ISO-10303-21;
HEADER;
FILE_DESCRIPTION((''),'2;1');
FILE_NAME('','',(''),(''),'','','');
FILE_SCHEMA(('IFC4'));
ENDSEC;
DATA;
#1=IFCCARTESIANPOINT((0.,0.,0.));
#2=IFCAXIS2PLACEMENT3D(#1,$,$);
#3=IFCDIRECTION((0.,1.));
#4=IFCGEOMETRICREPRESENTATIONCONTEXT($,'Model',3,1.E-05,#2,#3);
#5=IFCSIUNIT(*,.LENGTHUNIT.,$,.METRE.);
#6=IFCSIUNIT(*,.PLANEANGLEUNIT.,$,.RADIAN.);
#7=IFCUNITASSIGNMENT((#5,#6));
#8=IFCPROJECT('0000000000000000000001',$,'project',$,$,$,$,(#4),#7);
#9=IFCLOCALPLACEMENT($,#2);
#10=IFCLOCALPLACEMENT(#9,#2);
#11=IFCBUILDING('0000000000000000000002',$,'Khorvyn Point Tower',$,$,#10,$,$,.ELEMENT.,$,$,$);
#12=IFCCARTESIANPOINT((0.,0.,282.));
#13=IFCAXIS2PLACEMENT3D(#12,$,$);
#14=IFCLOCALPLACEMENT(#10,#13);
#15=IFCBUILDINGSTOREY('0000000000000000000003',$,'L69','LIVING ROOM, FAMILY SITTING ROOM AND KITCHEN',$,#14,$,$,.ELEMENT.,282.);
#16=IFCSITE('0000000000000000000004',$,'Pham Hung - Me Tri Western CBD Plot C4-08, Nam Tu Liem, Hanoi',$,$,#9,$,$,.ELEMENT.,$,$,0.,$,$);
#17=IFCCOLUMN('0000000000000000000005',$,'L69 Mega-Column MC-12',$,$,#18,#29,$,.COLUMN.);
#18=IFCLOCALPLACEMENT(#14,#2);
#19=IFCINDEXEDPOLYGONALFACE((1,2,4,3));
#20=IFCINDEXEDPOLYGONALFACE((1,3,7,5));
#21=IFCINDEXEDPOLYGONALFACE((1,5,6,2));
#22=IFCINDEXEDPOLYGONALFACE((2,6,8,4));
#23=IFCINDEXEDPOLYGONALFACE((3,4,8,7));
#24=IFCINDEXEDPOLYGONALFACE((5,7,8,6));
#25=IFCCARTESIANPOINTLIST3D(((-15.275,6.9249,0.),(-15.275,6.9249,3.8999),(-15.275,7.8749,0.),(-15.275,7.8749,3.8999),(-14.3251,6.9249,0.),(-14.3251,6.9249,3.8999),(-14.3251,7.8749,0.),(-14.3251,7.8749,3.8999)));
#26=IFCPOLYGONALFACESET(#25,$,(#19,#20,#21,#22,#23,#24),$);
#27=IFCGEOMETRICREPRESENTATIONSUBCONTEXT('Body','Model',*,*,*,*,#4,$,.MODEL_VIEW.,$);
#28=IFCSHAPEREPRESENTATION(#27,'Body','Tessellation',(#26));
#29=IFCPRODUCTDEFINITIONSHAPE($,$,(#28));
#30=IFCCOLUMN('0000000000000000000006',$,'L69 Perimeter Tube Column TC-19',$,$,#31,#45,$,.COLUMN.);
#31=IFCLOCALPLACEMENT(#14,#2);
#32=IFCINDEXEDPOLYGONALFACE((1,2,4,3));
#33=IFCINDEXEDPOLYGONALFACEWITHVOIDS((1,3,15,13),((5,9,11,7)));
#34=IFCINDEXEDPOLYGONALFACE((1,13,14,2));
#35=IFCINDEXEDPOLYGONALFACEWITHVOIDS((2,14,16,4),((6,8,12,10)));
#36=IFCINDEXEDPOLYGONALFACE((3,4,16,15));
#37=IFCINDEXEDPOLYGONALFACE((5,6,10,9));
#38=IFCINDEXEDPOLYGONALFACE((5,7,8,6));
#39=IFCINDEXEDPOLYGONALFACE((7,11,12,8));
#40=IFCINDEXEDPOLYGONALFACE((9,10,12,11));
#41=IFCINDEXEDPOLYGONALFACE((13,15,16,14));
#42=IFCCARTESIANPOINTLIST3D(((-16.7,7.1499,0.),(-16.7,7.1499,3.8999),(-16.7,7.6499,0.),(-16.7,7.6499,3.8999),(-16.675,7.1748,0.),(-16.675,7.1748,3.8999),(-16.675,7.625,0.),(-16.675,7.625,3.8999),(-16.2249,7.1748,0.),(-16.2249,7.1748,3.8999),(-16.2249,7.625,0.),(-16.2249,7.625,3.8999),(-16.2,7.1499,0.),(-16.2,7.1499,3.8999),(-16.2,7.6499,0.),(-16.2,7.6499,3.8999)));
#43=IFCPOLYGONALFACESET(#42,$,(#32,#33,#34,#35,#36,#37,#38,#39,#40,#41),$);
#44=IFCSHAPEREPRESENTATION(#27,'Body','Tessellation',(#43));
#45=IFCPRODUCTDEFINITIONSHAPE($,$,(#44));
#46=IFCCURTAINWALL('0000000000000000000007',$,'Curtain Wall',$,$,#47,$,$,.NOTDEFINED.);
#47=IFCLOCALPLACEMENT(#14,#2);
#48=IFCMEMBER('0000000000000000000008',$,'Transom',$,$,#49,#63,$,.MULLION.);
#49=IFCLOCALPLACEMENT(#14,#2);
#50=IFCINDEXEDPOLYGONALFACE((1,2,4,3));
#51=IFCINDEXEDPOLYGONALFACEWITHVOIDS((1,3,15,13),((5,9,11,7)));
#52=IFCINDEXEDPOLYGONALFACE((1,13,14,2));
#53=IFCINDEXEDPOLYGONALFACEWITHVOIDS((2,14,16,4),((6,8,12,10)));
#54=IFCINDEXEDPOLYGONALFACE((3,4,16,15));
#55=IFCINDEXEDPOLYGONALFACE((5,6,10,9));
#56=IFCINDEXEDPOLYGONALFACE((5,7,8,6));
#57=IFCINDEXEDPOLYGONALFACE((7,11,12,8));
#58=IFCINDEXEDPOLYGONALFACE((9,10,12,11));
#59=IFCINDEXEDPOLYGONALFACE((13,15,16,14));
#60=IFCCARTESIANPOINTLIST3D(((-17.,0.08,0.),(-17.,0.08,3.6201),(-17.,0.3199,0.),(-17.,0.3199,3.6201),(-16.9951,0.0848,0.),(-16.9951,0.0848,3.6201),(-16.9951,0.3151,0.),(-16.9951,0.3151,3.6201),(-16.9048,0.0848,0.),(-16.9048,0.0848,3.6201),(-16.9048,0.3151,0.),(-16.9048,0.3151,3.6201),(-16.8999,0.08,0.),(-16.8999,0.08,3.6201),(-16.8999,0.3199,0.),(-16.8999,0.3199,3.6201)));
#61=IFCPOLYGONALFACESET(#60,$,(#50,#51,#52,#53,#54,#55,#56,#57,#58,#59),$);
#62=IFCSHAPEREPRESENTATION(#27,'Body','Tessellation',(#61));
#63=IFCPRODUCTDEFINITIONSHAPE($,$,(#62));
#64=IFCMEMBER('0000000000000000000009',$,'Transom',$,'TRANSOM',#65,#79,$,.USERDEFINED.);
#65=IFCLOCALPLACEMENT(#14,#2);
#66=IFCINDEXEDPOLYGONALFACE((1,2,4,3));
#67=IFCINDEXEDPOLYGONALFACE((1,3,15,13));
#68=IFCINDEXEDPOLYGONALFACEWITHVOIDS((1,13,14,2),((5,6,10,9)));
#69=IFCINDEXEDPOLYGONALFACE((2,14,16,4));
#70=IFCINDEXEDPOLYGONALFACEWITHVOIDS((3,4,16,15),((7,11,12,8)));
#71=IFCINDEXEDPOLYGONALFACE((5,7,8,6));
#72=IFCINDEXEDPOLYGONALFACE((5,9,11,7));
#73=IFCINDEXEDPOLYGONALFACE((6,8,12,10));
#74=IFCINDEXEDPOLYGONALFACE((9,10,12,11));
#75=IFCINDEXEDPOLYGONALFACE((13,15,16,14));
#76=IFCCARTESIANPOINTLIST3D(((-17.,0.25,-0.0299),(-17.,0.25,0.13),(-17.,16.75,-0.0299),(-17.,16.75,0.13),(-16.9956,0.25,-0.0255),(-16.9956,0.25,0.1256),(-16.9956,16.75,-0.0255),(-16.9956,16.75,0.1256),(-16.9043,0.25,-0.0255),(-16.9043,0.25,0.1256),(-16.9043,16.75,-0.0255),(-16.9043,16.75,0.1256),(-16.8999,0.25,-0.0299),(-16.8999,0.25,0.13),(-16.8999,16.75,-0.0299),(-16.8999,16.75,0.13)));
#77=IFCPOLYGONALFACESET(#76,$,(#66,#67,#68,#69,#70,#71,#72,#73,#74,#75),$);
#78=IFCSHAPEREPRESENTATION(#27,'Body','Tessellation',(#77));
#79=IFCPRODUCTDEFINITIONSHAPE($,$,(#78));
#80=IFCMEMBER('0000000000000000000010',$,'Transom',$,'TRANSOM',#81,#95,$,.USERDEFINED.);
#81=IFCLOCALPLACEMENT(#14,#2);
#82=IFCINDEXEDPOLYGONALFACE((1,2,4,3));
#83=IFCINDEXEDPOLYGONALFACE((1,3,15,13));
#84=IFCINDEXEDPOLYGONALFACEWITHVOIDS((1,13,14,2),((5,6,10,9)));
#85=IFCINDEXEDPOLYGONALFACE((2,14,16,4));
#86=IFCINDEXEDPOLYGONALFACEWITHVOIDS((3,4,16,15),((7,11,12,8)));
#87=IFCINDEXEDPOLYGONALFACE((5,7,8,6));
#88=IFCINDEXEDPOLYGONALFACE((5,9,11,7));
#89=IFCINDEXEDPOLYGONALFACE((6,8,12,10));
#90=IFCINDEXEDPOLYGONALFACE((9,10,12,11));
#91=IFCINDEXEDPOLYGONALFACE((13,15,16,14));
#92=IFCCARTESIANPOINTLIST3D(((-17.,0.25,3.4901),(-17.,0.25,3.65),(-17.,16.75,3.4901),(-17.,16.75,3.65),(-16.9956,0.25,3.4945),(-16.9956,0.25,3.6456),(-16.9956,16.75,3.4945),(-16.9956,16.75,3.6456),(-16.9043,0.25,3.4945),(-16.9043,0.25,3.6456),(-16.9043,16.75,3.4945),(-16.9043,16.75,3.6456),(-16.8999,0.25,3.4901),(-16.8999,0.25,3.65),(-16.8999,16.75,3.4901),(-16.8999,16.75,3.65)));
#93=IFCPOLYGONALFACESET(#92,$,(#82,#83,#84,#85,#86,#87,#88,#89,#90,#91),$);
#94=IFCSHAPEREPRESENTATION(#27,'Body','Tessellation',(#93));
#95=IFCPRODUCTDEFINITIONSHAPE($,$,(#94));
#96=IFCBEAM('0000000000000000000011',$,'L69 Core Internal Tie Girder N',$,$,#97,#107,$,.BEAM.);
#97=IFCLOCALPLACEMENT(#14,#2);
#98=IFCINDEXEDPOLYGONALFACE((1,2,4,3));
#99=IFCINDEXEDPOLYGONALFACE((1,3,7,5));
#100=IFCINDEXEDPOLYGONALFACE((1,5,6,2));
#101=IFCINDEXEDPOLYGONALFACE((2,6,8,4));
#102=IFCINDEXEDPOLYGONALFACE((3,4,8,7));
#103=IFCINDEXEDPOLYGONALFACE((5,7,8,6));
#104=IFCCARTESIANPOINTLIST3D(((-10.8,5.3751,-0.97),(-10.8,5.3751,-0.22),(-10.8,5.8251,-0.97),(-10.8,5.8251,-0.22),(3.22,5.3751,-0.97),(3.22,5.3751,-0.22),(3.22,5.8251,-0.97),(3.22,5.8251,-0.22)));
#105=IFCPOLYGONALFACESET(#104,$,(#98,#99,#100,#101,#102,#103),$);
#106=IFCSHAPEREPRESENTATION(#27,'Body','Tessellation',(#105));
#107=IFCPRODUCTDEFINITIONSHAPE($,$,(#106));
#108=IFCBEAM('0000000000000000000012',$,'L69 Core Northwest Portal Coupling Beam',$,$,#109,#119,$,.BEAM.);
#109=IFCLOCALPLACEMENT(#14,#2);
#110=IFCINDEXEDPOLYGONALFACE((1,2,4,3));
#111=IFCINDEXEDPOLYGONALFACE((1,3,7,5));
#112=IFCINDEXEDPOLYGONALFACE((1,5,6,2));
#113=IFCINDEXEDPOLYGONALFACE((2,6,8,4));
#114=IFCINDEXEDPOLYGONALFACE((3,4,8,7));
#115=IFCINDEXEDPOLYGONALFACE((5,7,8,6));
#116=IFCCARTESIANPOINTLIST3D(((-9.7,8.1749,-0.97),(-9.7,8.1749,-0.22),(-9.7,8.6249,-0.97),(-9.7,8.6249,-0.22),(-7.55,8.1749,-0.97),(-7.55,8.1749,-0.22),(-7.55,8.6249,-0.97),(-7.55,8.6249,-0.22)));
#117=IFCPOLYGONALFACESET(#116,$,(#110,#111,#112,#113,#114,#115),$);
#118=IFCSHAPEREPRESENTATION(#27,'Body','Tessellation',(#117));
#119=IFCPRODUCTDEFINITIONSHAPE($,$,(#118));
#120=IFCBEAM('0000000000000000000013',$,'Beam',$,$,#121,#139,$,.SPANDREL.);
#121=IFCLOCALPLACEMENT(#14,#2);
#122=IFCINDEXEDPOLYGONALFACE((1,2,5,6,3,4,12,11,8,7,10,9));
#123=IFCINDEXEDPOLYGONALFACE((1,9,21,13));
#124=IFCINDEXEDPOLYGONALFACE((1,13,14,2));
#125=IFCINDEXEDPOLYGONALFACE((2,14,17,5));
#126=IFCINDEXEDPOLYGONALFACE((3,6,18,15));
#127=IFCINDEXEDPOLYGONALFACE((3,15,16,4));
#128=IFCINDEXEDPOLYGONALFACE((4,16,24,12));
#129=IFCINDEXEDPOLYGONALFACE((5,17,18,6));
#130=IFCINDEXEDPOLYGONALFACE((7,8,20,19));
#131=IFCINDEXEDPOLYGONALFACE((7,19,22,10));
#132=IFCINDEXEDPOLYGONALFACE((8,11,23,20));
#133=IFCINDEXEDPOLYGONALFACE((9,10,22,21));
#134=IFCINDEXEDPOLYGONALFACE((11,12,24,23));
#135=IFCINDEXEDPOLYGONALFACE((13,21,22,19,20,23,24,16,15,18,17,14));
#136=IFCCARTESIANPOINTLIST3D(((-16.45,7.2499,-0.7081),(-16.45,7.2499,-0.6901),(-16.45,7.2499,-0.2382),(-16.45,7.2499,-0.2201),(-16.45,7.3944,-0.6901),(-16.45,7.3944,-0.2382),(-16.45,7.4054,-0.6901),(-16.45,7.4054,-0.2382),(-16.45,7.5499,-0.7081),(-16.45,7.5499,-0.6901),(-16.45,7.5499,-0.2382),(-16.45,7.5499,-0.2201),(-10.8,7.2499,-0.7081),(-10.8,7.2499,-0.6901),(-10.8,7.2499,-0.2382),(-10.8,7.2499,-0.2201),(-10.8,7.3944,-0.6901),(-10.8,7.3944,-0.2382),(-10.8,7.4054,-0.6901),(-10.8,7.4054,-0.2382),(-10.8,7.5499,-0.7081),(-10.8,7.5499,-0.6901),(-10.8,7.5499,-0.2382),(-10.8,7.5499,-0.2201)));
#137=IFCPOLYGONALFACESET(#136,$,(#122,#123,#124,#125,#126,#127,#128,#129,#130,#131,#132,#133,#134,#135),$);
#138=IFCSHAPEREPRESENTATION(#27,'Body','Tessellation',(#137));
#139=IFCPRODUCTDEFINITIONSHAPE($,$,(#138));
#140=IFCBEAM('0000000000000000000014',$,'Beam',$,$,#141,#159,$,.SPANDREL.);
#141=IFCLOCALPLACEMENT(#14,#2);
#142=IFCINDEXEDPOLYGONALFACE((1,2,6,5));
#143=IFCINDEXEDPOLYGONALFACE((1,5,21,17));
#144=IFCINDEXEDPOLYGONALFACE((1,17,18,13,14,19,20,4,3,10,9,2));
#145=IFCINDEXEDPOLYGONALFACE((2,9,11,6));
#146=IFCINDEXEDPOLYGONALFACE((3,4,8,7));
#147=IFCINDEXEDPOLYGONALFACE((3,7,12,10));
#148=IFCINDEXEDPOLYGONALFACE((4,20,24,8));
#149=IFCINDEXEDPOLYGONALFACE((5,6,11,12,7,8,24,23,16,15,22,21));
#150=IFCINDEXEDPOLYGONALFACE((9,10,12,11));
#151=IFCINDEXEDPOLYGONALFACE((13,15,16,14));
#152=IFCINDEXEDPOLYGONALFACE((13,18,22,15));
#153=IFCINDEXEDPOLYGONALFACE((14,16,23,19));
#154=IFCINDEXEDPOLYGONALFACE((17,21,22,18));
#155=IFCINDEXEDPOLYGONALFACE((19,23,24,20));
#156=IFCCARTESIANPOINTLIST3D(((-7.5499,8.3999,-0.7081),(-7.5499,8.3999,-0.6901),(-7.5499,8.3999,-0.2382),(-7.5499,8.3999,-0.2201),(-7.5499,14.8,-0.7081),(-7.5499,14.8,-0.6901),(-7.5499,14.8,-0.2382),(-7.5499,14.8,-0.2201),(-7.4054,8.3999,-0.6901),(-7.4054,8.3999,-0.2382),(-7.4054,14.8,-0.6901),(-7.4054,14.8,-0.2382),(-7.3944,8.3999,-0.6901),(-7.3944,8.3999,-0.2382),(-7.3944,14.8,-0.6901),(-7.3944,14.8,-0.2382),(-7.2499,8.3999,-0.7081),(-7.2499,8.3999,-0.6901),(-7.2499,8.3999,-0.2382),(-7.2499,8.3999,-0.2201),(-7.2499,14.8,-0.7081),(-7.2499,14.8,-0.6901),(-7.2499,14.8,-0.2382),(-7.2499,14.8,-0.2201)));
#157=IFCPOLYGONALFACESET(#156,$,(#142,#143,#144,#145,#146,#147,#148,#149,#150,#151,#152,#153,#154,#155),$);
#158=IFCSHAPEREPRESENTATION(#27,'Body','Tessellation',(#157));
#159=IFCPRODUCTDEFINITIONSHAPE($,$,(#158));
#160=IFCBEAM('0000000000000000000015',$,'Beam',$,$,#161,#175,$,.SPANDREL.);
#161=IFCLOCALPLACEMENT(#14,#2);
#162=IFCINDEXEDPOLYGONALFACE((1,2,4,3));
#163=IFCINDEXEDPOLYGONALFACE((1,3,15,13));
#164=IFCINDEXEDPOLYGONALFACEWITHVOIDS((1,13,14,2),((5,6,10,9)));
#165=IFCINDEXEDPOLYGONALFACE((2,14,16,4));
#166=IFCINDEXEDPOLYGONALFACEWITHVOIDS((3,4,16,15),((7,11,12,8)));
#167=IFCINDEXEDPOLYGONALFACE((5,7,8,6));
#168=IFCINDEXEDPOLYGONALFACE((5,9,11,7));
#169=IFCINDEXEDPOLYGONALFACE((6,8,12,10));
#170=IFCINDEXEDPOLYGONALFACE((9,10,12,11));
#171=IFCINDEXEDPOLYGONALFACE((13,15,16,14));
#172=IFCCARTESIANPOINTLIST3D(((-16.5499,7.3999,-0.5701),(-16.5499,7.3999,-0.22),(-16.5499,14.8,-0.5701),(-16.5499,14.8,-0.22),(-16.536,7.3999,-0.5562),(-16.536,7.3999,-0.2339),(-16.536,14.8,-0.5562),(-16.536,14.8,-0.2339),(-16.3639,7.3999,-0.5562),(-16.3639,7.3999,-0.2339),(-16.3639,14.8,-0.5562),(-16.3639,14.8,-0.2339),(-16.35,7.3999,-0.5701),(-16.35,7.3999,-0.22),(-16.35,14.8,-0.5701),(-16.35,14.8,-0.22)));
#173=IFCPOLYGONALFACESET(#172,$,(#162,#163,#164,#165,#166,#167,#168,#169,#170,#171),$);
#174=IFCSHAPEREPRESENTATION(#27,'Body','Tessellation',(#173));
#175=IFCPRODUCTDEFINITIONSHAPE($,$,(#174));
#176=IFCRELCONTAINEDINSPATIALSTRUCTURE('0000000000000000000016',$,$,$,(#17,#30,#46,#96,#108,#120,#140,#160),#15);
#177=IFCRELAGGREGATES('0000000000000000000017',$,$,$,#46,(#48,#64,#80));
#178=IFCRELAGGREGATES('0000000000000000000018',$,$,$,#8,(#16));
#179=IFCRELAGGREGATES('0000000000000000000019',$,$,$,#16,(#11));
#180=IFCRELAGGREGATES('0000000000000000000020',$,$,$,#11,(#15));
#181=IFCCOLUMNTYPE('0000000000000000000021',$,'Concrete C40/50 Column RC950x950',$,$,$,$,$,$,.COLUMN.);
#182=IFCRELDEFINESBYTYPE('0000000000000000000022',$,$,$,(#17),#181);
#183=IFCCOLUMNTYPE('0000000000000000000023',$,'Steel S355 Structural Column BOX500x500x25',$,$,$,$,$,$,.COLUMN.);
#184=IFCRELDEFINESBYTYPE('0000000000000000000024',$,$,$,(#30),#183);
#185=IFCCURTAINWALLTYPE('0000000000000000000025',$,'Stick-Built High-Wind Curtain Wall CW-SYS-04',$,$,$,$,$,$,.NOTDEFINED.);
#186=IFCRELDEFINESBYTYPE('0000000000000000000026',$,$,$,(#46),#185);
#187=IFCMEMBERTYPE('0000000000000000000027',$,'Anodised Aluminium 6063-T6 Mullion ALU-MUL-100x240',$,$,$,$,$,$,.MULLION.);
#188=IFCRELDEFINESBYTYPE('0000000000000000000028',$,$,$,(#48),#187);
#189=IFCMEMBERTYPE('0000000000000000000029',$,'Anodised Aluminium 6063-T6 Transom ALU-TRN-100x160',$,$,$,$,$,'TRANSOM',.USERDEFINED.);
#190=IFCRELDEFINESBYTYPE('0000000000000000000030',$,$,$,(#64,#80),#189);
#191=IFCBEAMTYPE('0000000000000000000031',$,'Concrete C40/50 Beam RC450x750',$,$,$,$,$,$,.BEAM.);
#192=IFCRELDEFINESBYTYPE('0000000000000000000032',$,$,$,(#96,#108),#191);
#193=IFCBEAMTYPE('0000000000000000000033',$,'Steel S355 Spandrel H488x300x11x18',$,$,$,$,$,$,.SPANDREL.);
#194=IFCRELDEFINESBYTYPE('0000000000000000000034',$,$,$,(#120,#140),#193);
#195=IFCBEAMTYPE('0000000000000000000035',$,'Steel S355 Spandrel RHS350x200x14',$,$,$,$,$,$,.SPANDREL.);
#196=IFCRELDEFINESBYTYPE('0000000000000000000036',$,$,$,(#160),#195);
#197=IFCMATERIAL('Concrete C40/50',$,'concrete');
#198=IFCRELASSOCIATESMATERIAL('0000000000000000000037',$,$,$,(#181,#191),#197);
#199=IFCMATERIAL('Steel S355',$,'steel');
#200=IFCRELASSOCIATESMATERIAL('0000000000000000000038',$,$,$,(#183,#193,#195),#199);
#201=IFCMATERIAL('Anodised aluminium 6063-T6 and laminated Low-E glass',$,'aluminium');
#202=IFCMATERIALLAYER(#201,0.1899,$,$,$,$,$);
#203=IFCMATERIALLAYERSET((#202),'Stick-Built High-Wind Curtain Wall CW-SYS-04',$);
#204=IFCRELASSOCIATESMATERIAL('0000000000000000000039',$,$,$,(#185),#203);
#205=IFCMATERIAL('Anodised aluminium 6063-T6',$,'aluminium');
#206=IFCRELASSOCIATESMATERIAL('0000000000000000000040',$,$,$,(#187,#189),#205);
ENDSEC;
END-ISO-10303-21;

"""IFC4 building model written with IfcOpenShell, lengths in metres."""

from ifc_helpers import new_model, si_unit, direction, frame, origin, origin_2d, place, context, subcontext, project, spatial, rectangle, hollow_rectangle, i_section, extrude, material, layer, layer_set, material_profile, profile_set, type_object, element, aggregate, save


model = new_model("IFC4")

# Units and contexts
model_context = context("Model", 3, precision=1e-05, world=origin(), true_north=direction((0.0, 1.0)))
body_context = subcontext(model_context, "Body", "Model", "MODEL_VIEW")
ifc_project = project(units=[si_unit("LENGTHUNIT", "METRE"), si_unit("PLANEANGLEUNIT", "RADIAN")], contexts=[model_context])

# Site, building, storey
site_placement = place(None, origin())
site = spatial("IfcSite", under=ifc_project, at=site_placement, Name="Pham Hung - Me Tri Western CBD Plot C4-08, Nam Tu Liem, Hanoi", CompositionType="ELEMENT", RefElevation=0.0)
building_placement = place(site_placement, origin())
building = spatial("IfcBuilding", under=site, at=building_placement, Name="Khorvyn Point Tower", CompositionType="ELEMENT")
storey_placement = place(building_placement, frame((0.0, 0.0, 282.0)))
storey = spatial("IfcBuildingStorey", under=building, at=storey_placement, Name="L69", Description="LIVING ROOM, FAMILY SITTING ROOM AND KITCHEN", CompositionType="ELEMENT", Elevation=282.0)

# Columns
ifc_material_1 = material(Name="Concrete C40/50", Category="concrete")
ifc_material_profile_1 = material_profile(ifc_material_1, rectangle(XDim=0.95, YDim=0.95, at=origin_2d()))
ifc_profile_set_1 = profile_set([ifc_material_profile_1], Name="Concrete C40/50 RC950x950")
column_type_1 = type_object("IfcColumnType", Name="Concrete C40/50 Column RC950x950", PredefinedType="COLUMN", material=ifc_profile_set_1)
column_1_placement = place(storey_placement, frame((-14.8, 7.3999, 0.0), z_axis=(0.0, 0.0, 1.0), x_axis=(1.0, 0.0, 0.0)))
element("IfcColumn", 1, at=column_1_placement, inside=storey, type_object=column_type_1, Name="L69 Mega-Column MC-12", PredefinedType="COLUMN", context=body_context, shape_type="SweptSolid", body=[
    extrude(rectangle(XDim=0.95, YDim=0.95, at=origin_2d()), origin(), (0.0, 0.0, 1.0), 3.8999),
])
ifc_material_2 = material(Name="Steel S355", Category="steel")
ifc_material_profile_2 = material_profile(ifc_material_2, hollow_rectangle(XDim=0.5, YDim=0.5, WallThickness=0.0249, at=origin_2d()))
ifc_profile_set_2 = profile_set([ifc_material_profile_2], Name="Steel S355 BOX500x500x25")
column_type_2 = type_object("IfcColumnType", Name="Steel S355 Structural Column BOX500x500x25", PredefinedType="COLUMN", material=ifc_profile_set_2)
column_2_placement = place(storey_placement, frame((-16.45, 7.3999, 0.0), z_axis=(0.0, 0.0, 1.0), x_axis=(1.0, 0.0, 0.0)))
element("IfcColumn", 2, at=column_2_placement, inside=storey, type_object=column_type_2, Name="L69 Perimeter Tube Column TC-19", PredefinedType="COLUMN", context=body_context, shape_type="SweptSolid", body=[
    extrude(hollow_rectangle(XDim=0.5, YDim=0.5, WallThickness=0.0249, at=origin_2d()), origin(), (0.0, 0.0, 1.0), 3.8999),
])

# Curtain wall, members
ifc_material_3 = material(Name="Anodised aluminium 6063-T6 and laminated Low-E glass", Category="aluminium")
ifc_layer_1 = layer(ifc_material_3, 0.1899)
ifc_layer_set_1 = layer_set([ifc_layer_1], Name="Stick-Built High-Wind Curtain Wall CW-SYS-04")
curtain_wall_type = type_object("IfcCurtainWallType", Name="Stick-Built High-Wind Curtain Wall CW-SYS-04", PredefinedType="NOTDEFINED", material=ifc_layer_set_1)
curtain_wall_placement = place(storey_placement, origin())
curtain_wall = element("IfcCurtainWall", 3, at=curtain_wall_placement, inside=storey, type_object=curtain_wall_type, Name="Curtain Wall", PredefinedType="NOTDEFINED")
ifc_material_4 = material(Name="Anodised aluminium 6063-T6", Category="aluminium")
ifc_material_profile_3 = material_profile(ifc_material_4, hollow_rectangle(XDim=0.1001, YDim=0.24, WallThickness=0.0049, at=origin_2d()))
ifc_profile_set_3 = profile_set([ifc_material_profile_3], Name="Anodised aluminium 6063-T6 ALU-MUL-100x240")
member_type_1 = type_object("IfcMemberType", Name="Anodised Aluminium 6063-T6 Mullion ALU-MUL-100x240", PredefinedType="MULLION", material=ifc_profile_set_3)
member_1_placement = place(storey_placement, frame((-16.95, 0.2, 0.0), z_axis=(0.0, 0.0, 1.0), x_axis=(-1.0, 0.0, 0.0)))
member_1 = element("IfcMember", 4, at=member_1_placement, type_object=member_type_1, Name="Transom", PredefinedType="MULLION", context=body_context, shape_type="SweptSolid", body=[
    extrude(hollow_rectangle(XDim=0.1001, YDim=0.24, WallThickness=0.0049, at=origin_2d()), origin(), (0.0, 0.0, 1.0), 3.6201),
])
ifc_material_profile_4 = material_profile(ifc_material_4, hollow_rectangle(XDim=0.1001, YDim=0.1599, WallThickness=0.0044, at=origin_2d()))
ifc_profile_set_4 = profile_set([ifc_material_profile_4], Name="Anodised aluminium 6063-T6 ALU-TRN-100x160")
member_type_2 = type_object("IfcMemberType", Name="Anodised Aluminium 6063-T6 Transom ALU-TRN-100x160", ElementType="TRANSOM", PredefinedType="USERDEFINED", material=ifc_profile_set_4)
member_2_placement = place(storey_placement, frame((-16.95, 0.25, 0.05), z_axis=(0.0, 1.0, 0.0), x_axis=(-1.0, 0.0, 0.0)))
member_2 = element("IfcMember", 5, at=member_2_placement, type_object=member_type_2, Name="Transom", ObjectType="TRANSOM", PredefinedType="USERDEFINED", context=body_context, shape_type="SweptSolid", body=[
    extrude(hollow_rectangle(XDim=0.1001, YDim=0.1599, WallThickness=0.0044, at=origin_2d()), origin(), (0.0, 0.0, 1.0), 16.5),
])
member_3_placement = place(storey_placement, frame((-16.95, 0.25, 3.5701), z_axis=(0.0, 1.0, 0.0), x_axis=(-1.0, 0.0, 0.0)))
member_3 = element("IfcMember", 6, at=member_3_placement, type_object=member_type_2, Name="Transom", ObjectType="TRANSOM", PredefinedType="USERDEFINED", context=body_context, shape_type="SweptSolid", body=[
    extrude(hollow_rectangle(XDim=0.1001, YDim=0.1599, WallThickness=0.0044, at=origin_2d()), origin(), (0.0, 0.0, 1.0), 16.5),
])
aggregate(curtain_wall, [member_1, member_2, member_3])

# Beams
ifc_material_profile_5 = material_profile(ifc_material_1, rectangle(XDim=0.45, YDim=0.75, at=origin_2d()))
ifc_profile_set_5 = profile_set([ifc_material_profile_5], Name="Concrete C40/50 RC450x750")
beam_type_1 = type_object("IfcBeamType", Name="Concrete C40/50 Beam RC450x750", PredefinedType="BEAM", material=ifc_profile_set_5)
beam_1_placement = place(storey_placement, frame((-10.8, 5.6001, -0.595), z_axis=(1.0, 0.0, 0.0), x_axis=(0.0, 1.0, 0.0)))
element("IfcBeam", 7, at=beam_1_placement, inside=storey, type_object=beam_type_1, Name="L69 Core Internal Tie Girder N", PredefinedType="BEAM", context=body_context, shape_type="SweptSolid", body=[
    extrude(rectangle(XDim=0.45, YDim=0.75, at=origin_2d()), origin(), (0.0, 0.0, 1.0), 14.02),
])
beam_2_placement = place(storey_placement, frame((-9.7, 8.3999, -0.595), z_axis=(1.0, 0.0, 0.0), x_axis=(0.0, 1.0, 0.0)))
element("IfcBeam", 8, at=beam_2_placement, inside=storey, type_object=beam_type_1, Name="L69 Core Northwest Portal Coupling Beam", PredefinedType="BEAM", context=body_context, shape_type="SweptSolid", body=[
    extrude(rectangle(XDim=0.45, YDim=0.75, at=origin_2d()), origin(), (0.0, 0.0, 1.0), 2.1499),
])
ifc_material_profile_6 = material_profile(ifc_material_2, i_section(OverallWidth=0.3, OverallDepth=0.488, WebThickness=0.011, FlangeThickness=0.0181, at=origin_2d()))
ifc_profile_set_6 = profile_set([ifc_material_profile_6], Name="Steel S355 H488x300x11x18")
beam_type_2 = type_object("IfcBeamType", Name="Steel S355 Spandrel H488x300x11x18", PredefinedType="SPANDREL", material=ifc_profile_set_6)
beam_3_placement = place(storey_placement, frame((-16.45, 7.3999, -0.4641), z_axis=(1.0, 0.0, 0.0), x_axis=(0.0, 1.0, 0.0)))
element("IfcBeam", 9, at=beam_3_placement, inside=storey, type_object=beam_type_2, Name="Beam", PredefinedType="SPANDREL", context=body_context, shape_type="SweptSolid", body=[
    extrude(i_section(OverallWidth=0.3, OverallDepth=0.488, WebThickness=0.011, FlangeThickness=0.0181, at=origin_2d()), origin(), (0.0, 0.0, 1.0), 5.6499),
])
beam_4_placement = place(storey_placement, frame((-7.3999, 8.3999, -0.4641), z_axis=(0.0, 1.0, 0.0), x_axis=(-1.0, 0.0, 0.0)))
element("IfcBeam", 10, at=beam_4_placement, inside=storey, type_object=beam_type_2, Name="Beam", PredefinedType="SPANDREL", context=body_context, shape_type="SweptSolid", body=[
    extrude(i_section(OverallWidth=0.3, OverallDepth=0.488, WebThickness=0.011, FlangeThickness=0.0181, at=origin_2d()), origin(), (0.0, 0.0, 1.0), 6.4001),
])
ifc_material_profile_7 = material_profile(ifc_material_2, hollow_rectangle(XDim=0.2, YDim=0.3501, WallThickness=0.0139, at=origin_2d()))
ifc_profile_set_7 = profile_set([ifc_material_profile_7], Name="Steel S355 RHS350x200x14")
beam_type_3 = type_object("IfcBeamType", Name="Steel S355 Spandrel RHS350x200x14", PredefinedType="SPANDREL", material=ifc_profile_set_7)
beam_5_placement = place(storey_placement, frame((-16.45, 7.3999, -0.395), z_axis=(0.0, 1.0, 0.0), x_axis=(-1.0, 0.0, 0.0)))
element("IfcBeam", 11, at=beam_5_placement, inside=storey, type_object=beam_type_3, Name="Beam", PredefinedType="SPANDREL", context=body_context, shape_type="SweptSolid", body=[
    extrude(hollow_rectangle(XDim=0.2, YDim=0.3501, WallThickness=0.0139, at=origin_2d()), origin(), (0.0, 0.0, 1.0), 7.4001),
])

save(model, "model.ifc")
